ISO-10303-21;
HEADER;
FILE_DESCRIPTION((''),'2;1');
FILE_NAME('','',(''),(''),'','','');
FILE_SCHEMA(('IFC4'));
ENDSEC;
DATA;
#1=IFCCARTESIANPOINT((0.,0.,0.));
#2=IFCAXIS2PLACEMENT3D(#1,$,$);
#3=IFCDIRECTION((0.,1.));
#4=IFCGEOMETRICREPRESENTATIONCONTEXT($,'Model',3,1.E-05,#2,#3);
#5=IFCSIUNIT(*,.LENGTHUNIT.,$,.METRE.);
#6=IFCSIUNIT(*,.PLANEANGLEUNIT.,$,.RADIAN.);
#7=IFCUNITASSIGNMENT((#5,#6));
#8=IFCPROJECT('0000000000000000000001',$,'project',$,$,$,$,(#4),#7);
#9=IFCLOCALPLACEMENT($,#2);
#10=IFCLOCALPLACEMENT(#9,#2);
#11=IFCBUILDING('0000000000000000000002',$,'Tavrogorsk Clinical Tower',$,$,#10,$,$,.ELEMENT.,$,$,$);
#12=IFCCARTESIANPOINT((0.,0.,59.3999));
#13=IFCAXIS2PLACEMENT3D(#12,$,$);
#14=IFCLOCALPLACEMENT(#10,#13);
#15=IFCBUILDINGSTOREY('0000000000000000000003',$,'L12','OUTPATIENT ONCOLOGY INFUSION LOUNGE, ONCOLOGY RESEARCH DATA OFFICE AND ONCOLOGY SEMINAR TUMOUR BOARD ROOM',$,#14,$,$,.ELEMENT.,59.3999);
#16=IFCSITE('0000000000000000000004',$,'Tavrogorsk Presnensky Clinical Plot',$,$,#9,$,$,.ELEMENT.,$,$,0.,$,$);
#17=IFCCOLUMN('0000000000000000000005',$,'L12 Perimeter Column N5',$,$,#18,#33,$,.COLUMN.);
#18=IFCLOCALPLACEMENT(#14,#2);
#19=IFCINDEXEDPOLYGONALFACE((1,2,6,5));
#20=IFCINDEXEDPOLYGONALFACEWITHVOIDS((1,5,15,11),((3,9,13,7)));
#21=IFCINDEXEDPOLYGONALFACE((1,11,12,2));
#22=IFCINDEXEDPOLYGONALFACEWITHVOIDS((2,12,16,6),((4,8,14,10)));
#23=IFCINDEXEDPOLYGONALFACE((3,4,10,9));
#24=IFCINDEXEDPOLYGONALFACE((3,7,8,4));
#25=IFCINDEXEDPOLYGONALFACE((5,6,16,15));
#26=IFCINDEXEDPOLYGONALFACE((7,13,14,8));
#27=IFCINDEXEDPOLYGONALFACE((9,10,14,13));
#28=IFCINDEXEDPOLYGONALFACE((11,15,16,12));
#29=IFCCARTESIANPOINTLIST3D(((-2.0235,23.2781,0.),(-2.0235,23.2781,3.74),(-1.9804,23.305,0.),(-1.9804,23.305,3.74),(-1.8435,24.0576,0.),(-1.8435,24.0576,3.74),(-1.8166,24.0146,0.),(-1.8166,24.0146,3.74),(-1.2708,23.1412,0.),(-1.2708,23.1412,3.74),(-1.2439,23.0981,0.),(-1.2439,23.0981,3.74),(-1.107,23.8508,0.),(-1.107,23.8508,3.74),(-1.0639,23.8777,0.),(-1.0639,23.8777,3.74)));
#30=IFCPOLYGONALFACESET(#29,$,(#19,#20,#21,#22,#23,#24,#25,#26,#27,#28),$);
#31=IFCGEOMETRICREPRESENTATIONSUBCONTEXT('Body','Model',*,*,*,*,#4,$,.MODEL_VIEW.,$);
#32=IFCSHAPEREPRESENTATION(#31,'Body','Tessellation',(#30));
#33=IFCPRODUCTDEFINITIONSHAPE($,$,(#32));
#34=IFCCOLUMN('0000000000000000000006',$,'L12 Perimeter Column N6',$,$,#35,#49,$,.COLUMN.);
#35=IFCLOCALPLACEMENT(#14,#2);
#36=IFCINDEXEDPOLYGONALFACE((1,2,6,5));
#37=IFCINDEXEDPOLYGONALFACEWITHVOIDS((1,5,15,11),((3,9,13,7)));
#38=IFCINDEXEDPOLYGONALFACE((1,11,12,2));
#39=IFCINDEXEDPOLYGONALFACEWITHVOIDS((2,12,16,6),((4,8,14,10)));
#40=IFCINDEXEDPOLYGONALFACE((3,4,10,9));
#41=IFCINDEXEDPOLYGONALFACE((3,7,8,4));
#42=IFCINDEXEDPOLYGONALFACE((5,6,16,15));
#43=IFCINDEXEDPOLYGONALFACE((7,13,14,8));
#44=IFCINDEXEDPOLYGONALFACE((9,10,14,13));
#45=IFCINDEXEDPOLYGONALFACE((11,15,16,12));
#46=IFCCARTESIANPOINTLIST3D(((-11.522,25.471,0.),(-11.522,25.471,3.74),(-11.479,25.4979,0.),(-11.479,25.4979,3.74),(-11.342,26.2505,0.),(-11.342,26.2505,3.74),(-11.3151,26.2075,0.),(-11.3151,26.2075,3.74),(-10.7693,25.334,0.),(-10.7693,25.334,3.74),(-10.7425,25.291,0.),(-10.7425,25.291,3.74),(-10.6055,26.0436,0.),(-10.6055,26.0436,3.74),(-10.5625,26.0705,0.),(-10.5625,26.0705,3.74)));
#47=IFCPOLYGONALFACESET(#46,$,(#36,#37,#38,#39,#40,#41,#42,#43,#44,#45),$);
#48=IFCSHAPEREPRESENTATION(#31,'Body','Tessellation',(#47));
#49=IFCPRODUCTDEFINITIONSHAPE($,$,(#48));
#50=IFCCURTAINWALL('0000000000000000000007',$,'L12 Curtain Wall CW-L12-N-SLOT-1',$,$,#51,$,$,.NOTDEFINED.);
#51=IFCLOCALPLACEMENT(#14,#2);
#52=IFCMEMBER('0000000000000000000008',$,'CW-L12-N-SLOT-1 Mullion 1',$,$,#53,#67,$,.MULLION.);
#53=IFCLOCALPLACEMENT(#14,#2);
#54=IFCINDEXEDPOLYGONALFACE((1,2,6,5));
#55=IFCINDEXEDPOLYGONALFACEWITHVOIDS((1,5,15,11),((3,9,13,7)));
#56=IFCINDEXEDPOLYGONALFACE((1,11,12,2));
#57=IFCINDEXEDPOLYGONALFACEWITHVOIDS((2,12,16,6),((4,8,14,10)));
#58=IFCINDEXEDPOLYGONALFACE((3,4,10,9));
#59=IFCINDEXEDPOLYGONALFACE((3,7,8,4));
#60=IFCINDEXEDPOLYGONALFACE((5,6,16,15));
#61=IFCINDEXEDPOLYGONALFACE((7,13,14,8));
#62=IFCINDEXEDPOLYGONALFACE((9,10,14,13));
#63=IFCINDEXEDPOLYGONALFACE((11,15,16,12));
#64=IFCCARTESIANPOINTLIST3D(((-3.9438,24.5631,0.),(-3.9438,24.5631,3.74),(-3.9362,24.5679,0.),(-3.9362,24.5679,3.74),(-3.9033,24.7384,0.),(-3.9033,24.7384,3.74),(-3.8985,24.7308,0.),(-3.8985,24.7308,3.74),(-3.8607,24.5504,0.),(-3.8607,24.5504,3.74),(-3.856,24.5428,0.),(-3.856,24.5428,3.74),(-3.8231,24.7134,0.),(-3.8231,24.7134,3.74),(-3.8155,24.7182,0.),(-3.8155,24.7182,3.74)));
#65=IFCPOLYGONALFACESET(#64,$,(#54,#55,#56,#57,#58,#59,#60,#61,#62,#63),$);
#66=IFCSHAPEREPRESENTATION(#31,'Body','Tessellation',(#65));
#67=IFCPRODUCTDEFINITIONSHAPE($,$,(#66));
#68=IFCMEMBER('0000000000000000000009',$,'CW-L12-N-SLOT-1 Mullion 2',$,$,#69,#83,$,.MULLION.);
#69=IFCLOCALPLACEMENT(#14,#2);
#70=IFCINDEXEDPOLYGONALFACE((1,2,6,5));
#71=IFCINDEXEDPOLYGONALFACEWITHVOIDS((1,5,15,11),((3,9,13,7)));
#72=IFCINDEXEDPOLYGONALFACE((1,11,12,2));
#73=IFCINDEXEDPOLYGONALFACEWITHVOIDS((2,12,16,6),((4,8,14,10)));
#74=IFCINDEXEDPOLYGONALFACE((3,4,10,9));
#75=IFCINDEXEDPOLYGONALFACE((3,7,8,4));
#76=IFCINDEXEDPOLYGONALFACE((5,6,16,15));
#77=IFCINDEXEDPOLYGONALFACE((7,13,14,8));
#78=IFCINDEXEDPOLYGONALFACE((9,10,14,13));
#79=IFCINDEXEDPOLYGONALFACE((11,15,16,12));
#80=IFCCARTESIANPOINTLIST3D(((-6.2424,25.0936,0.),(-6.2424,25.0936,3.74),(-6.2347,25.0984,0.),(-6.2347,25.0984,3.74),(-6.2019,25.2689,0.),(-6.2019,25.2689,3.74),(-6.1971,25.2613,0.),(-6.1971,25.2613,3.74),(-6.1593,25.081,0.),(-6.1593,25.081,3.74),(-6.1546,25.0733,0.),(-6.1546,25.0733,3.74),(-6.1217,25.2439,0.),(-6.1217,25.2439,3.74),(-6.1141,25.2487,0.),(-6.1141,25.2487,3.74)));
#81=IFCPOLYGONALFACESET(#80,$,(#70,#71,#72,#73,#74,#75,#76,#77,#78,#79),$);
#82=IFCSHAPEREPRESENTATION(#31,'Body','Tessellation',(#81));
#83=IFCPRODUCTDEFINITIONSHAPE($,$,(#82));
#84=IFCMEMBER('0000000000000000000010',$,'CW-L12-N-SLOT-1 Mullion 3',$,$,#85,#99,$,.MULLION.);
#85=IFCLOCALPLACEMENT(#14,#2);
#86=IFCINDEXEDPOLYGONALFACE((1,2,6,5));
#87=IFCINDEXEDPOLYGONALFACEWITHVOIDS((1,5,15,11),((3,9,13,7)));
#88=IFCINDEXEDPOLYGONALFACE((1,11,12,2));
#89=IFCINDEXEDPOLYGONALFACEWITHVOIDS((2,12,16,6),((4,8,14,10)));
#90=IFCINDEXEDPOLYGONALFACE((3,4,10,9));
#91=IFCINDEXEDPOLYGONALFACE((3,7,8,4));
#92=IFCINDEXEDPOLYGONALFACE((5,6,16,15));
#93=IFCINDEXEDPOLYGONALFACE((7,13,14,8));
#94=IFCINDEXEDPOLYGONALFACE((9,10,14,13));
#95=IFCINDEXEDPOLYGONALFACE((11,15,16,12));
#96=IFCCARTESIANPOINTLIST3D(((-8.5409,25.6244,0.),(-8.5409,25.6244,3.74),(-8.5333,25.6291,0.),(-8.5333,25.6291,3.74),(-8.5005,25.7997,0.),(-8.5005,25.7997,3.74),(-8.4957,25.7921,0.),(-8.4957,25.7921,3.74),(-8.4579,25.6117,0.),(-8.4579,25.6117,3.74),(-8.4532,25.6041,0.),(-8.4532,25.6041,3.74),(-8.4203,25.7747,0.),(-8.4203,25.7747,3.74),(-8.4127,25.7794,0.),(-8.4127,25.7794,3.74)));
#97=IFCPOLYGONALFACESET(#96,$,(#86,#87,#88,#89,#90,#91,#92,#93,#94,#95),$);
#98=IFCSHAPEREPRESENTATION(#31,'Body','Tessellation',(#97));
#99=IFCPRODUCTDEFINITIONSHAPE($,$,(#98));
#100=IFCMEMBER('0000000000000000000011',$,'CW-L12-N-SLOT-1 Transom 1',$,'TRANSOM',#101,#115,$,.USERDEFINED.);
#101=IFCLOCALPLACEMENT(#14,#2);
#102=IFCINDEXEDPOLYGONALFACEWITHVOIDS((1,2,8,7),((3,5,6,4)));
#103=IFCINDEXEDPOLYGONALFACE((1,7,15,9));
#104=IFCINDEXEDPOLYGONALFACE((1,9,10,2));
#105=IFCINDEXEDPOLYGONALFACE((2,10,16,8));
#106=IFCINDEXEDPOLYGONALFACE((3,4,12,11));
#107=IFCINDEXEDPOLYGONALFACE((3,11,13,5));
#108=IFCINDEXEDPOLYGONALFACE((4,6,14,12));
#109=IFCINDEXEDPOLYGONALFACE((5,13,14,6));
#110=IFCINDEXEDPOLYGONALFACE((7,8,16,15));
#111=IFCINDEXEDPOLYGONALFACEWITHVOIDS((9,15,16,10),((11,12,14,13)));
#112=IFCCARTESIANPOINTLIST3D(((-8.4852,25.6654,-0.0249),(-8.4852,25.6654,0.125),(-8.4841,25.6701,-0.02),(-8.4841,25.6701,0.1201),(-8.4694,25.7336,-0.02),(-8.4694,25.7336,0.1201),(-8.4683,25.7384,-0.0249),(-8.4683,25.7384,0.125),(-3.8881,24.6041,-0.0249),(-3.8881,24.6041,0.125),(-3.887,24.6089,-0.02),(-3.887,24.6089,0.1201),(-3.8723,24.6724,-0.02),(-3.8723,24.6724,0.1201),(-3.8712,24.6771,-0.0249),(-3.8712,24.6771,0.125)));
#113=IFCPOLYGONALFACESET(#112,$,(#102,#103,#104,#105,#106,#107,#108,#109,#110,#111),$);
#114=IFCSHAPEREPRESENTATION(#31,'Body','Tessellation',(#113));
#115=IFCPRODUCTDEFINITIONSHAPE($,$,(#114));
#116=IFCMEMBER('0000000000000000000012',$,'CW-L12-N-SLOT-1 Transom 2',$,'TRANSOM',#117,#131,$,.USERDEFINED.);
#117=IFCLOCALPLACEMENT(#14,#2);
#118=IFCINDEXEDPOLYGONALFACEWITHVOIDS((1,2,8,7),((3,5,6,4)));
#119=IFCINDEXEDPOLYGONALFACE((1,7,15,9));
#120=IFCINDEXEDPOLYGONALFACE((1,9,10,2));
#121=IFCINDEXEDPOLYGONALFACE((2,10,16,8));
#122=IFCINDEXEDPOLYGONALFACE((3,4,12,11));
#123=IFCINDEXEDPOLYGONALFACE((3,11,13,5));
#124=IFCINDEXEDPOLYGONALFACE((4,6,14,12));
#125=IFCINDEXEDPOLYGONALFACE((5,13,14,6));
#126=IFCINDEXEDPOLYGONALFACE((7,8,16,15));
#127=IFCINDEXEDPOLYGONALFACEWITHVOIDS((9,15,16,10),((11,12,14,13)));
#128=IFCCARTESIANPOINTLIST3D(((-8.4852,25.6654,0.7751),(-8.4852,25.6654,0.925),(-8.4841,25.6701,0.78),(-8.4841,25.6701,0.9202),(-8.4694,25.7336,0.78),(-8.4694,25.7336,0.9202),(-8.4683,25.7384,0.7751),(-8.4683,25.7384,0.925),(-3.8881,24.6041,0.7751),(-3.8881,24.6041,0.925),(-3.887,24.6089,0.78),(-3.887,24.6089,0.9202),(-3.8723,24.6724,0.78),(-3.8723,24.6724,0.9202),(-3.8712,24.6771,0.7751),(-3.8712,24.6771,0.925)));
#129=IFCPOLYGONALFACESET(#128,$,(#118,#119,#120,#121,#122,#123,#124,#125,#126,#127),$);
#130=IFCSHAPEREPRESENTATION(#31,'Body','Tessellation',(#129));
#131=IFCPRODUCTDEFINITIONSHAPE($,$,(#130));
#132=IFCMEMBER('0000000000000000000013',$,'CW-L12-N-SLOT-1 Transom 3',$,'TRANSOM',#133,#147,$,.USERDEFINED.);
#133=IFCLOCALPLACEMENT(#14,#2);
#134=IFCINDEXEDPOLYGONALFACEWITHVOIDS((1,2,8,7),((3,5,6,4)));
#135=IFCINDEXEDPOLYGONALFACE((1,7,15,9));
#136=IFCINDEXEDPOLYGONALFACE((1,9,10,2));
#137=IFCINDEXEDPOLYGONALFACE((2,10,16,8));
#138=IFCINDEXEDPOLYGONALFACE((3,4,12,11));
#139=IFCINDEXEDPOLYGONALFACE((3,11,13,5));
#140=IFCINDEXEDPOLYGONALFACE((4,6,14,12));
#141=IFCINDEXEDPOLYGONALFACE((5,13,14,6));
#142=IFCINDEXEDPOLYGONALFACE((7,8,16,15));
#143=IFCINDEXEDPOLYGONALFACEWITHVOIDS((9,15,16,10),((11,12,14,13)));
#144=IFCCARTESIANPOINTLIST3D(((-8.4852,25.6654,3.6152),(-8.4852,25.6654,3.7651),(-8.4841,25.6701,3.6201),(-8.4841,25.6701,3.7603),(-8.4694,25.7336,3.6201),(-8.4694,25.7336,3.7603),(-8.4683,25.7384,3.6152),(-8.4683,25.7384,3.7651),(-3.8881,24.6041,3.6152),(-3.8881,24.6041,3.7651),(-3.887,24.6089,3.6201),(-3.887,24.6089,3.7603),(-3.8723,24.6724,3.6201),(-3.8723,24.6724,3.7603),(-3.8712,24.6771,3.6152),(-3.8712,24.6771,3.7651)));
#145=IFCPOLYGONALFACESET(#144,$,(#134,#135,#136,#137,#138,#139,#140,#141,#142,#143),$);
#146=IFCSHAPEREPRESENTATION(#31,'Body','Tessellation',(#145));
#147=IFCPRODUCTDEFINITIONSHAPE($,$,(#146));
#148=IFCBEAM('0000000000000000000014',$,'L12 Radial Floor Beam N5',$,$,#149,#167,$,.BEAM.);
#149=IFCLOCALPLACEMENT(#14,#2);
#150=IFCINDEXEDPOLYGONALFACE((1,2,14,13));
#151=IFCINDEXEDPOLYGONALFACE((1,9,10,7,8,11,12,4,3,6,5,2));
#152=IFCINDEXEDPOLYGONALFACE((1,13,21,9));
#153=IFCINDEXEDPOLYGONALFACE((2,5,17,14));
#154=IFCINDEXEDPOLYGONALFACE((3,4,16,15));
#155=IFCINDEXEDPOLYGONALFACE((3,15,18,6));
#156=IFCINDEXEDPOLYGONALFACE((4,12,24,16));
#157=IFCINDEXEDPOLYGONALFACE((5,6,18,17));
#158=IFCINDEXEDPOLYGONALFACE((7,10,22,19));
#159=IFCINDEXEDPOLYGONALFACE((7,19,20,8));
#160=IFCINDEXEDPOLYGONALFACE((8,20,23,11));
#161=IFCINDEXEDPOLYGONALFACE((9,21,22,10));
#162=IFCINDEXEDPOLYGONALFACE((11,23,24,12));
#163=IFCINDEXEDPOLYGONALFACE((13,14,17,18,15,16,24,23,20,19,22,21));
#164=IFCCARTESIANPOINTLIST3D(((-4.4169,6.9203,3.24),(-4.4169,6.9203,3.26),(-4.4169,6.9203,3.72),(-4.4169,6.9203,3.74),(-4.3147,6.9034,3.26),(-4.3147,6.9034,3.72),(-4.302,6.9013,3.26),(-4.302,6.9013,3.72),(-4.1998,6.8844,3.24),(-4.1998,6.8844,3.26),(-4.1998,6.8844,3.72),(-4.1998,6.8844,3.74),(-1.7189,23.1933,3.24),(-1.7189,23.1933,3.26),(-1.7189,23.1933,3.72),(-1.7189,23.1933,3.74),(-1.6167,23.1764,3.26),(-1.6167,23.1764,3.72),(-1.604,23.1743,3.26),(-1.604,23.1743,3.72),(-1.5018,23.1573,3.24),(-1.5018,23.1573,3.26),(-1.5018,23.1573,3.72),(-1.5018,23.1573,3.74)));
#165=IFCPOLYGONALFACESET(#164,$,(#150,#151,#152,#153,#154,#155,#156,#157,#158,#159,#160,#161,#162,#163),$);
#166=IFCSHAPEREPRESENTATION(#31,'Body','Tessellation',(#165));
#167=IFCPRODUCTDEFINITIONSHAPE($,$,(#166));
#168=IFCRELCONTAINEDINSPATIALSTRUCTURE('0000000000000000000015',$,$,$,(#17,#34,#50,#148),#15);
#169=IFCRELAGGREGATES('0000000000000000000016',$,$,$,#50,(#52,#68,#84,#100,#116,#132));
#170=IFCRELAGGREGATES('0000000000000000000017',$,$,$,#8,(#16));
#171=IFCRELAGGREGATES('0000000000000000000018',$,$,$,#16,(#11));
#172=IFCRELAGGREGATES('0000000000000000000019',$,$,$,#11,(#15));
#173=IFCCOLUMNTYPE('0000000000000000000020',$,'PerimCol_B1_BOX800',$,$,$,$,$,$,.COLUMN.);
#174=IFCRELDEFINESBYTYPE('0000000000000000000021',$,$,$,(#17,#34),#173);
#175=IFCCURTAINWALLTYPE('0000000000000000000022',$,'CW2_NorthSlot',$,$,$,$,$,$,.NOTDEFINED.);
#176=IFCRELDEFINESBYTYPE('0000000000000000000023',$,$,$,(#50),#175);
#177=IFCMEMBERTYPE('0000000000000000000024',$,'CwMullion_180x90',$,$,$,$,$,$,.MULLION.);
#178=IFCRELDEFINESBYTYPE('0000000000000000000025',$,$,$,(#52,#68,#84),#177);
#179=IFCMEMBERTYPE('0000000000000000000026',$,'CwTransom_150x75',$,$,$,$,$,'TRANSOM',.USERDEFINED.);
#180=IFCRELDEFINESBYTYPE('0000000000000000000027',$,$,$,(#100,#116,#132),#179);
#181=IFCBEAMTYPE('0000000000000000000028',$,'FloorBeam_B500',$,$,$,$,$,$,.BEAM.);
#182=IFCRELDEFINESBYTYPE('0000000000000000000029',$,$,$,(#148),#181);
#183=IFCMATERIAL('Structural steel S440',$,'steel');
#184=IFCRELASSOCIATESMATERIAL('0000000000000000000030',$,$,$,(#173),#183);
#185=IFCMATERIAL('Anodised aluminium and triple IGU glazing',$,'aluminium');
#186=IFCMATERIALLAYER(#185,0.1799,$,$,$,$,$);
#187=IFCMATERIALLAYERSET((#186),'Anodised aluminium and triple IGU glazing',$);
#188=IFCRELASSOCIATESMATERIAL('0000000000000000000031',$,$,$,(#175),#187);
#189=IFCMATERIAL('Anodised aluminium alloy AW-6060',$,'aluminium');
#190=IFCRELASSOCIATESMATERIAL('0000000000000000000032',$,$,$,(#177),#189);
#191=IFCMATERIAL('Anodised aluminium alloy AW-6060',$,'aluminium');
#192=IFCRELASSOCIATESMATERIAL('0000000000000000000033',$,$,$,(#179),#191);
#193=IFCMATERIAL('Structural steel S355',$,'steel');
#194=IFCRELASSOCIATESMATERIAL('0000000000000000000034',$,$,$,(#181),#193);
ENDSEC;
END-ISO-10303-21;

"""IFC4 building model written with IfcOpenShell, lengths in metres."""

from ifc_helpers import new_model, si_unit, direction, frame, origin, origin_2d, place, context, subcontext, project, spatial, hollow_rectangle, i_section, extrude, material, layer, layer_set, material_profile, profile_set, type_object, element, aggregate, save


model = new_model("IFC4")

# Units and contexts
model_context = context("Model", 3, precision=1e-05, world=origin(), true_north=direction((0.0, 1.0)))
body_context = subcontext(model_context, "Body", "Model", "MODEL_VIEW")
ifc_project = project(units=[si_unit("LENGTHUNIT", "METRE"), si_unit("PLANEANGLEUNIT", "RADIAN")], contexts=[model_context])

# Site, building, storey
site_placement = place(None, origin())
site = spatial("IfcSite", under=ifc_project, at=site_placement, Name="Tavrogorsk Presnensky Clinical Plot", CompositionType="ELEMENT", RefElevation=0.0)
building_placement = place(site_placement, origin())
building = spatial("IfcBuilding", under=site, at=building_placement, Name="Tavrogorsk Clinical Tower", CompositionType="ELEMENT")
storey_placement = place(building_placement, frame((0.0, 0.0, 59.3999)))
storey = spatial("IfcBuildingStorey", under=building, at=storey_placement, Name="L12", Description="OUTPATIENT ONCOLOGY INFUSION LOUNGE, ONCOLOGY RESEARCH DATA OFFICE AND ONCOLOGY SEMINAR TUMOUR BOARD ROOM", CompositionType="ELEMENT", Elevation=59.3999)

# Columns
ifc_material_1 = material(Name="Structural steel S440", Category="steel")
ifc_material_profile_1 = material_profile(ifc_material_1, hollow_rectangle(XDim=0.8, YDim=0.8, WallThickness=0.0359, at=origin_2d()), Name="BOX-800x800x36")
ifc_profile_set_1 = profile_set([ifc_material_profile_1], Name="Structural steel S440")
column_type = type_object("IfcColumnType", Name="PerimCol_B1_BOX800", PredefinedType="COLUMN", material=ifc_profile_set_1)
for number, where, z_axis, x_axis, name in (
    (1, (-1.5437, 23.5779, 0.0), (0.0, 0.0, 1.0), (0.97437, -0.224951, 0.0), "L12 Perimeter Column N5"),
    (2, (-11.0422, 25.7708, 0.0), (0.0, 0.0, 1.0), (0.97437, -0.224951, 0.0), "L12 Perimeter Column N6"),
):
    element("IfcColumn", number, at=place(storey_placement, frame(where, z_axis=z_axis, x_axis=x_axis)), inside=storey, type_object=column_type, Name=name, PredefinedType="COLUMN", context=body_context, shape_type="SweptSolid", body=[
        extrude(hollow_rectangle(XDim=0.8, YDim=0.8, WallThickness=0.0359, at=origin_2d()), origin(), (0.0, 0.0, 1.0), 3.74),
    ])

# Curtain wall, members
ifc_material_2 = material(Name="Anodised aluminium and triple IGU glazing", Category="aluminium")
ifc_layer_1 = layer(ifc_material_2, 0.1799)
ifc_layer_set_1 = layer_set([ifc_layer_1], Name="Anodised aluminium and triple IGU glazing")
curtain_wall_type = type_object("IfcCurtainWallType", Name="CW2_NorthSlot", PredefinedType="NOTDEFINED", material=ifc_layer_set_1)
curtain_wall_placement = place(storey_placement, origin())
curtain_wall = element("IfcCurtainWall", 3, at=curtain_wall_placement, inside=storey, type_object=curtain_wall_type, Name="L12 Curtain Wall CW-L12-N-SLOT-1", PredefinedType="NOTDEFINED")
ifc_material_3 = material(Name="Anodised aluminium alloy AW-6060", Category="aluminium")
ifc_material_profile_2 = material_profile(ifc_material_3, hollow_rectangle(XDim=0.0901, YDim=0.1799, WallThickness=0.0063, at=origin_2d()), Name="RHS-180x90x6.3")
ifc_profile_set_2 = profile_set([ifc_material_profile_2], Name="Anodised aluminium alloy AW-6060")
member_type_1 = type_object("IfcMemberType", Name="CwMullion_180x90", PredefinedType="MULLION", material=ifc_profile_set_2)
member_1_placement = place(storey_placement, frame((-3.8796, 24.6406, 0.0), z_axis=(0.0, 0.0, 1.0), x_axis=(-0.97437, 0.224951, 0.0)))
member_1 = element("IfcMember", 4, at=member_1_placement, type_object=member_type_1, Name="CW-L12-N-SLOT-1 Mullion 1", PredefinedType="MULLION", context=body_context, shape_type="SweptSolid", body=[
    extrude(hollow_rectangle(XDim=0.0901, YDim=0.1799, WallThickness=0.0063, at=origin_2d()), origin(), (0.0, 0.0, 1.0), 3.74),
])
member_2_placement = place(storey_placement, frame((-6.1782, 25.1711, 0.0), z_axis=(0.0, 0.0, 1.0), x_axis=(-0.97437, 0.224951, 0.0)))
member_2 = element("IfcMember", 5, at=member_2_placement, type_object=member_type_1, Name="CW-L12-N-SLOT-1 Mullion 2", PredefinedType="MULLION", context=body_context, shape_type="SweptSolid", body=[
    extrude(hollow_rectangle(XDim=0.0901, YDim=0.1799, WallThickness=0.0063, at=origin_2d()), origin(), (0.0, 0.0, 1.0), 3.74),
])
member_3_placement = place(storey_placement, frame((-8.4768, 25.7019, 0.0), z_axis=(0.0, 0.0, 1.0), x_axis=(-0.97437, 0.224951, 0.0)))
member_3 = element("IfcMember", 6, at=member_3_placement, type_object=member_type_1, Name="CW-L12-N-SLOT-1 Mullion 3", PredefinedType="MULLION", context=body_context, shape_type="SweptSolid", body=[
    extrude(hollow_rectangle(XDim=0.0901, YDim=0.1799, WallThickness=0.0063, at=origin_2d()), origin(), (0.0, 0.0, 1.0), 3.74),
])
ifc_material_4 = material(Name="Anodised aluminium alloy AW-6060", Category="aluminium")
ifc_material_profile_3 = material_profile(ifc_material_4, hollow_rectangle(XDim=0.075, YDim=0.1499, WallThickness=0.0049, at=origin_2d()), Name="RHS-150x75x5")
ifc_profile_set_3 = profile_set([ifc_material_profile_3], Name="Anodised aluminium alloy AW-6060")
member_type_2 = type_object("IfcMemberType", Name="CwTransom_150x75", ElementType="TRANSOM", PredefinedType="USERDEFINED", material=ifc_profile_set_3)
member_4_placement = place(storey_placement, frame((-3.8796, 24.6406, 0.05), z_axis=(-0.974373, 0.224939, 0.0), x_axis=(-0.224939, -0.974373, 0.0)))
member_4 = element("IfcMember", 7, at=member_4_placement, type_object=member_type_2, Name="CW-L12-N-SLOT-1 Transom 1", ObjectType="TRANSOM", PredefinedType="USERDEFINED", context=body_context, shape_type="SweptSolid", body=[
    extrude(hollow_rectangle(XDim=0.075, YDim=0.1499, WallThickness=0.0049, at=origin_2d()), origin(), (0.0, 0.0, 1.0), 4.718),
])
member_5_placement = place(storey_placement, frame((-3.8796, 24.6406, 0.8501), z_axis=(-0.974373, 0.224939, 0.0), x_axis=(-0.224939, -0.974373, 0.0)))
member_5 = element("IfcMember", 8, at=member_5_placement, type_object=member_type_2, Name="CW-L12-N-SLOT-1 Transom 2", ObjectType="TRANSOM", PredefinedType="USERDEFINED", context=body_context, shape_type="SweptSolid", body=[
    extrude(hollow_rectangle(XDim=0.075, YDim=0.1499, WallThickness=0.0049, at=origin_2d()), origin(), (0.0, 0.0, 1.0), 4.718),
])
member_6_placement = place(storey_placement, frame((-3.8796, 24.6406, 3.6902), z_axis=(-0.974373, 0.224939, 0.0), x_axis=(-0.224939, -0.974373, 0.0)))
member_6 = element("IfcMember", 9, at=member_6_placement, type_object=member_type_2, Name="CW-L12-N-SLOT-1 Transom 3", ObjectType="TRANSOM", PredefinedType="USERDEFINED", context=body_context, shape_type="SweptSolid", body=[
    extrude(hollow_rectangle(XDim=0.075, YDim=0.1499, WallThickness=0.0049, at=origin_2d()), origin(), (0.0, 0.0, 1.0), 4.718),
])

# Beam
ifc_material_5 = material(Name="Structural steel S355", Category="steel")
ifc_material_profile_4 = material_profile(ifc_material_5, i_section(OverallWidth=0.22, OverallDepth=0.5, WebThickness=0.0129, FlangeThickness=0.02, at=origin_2d()), Name="B-500x220x13x20")
ifc_profile_set_4 = profile_set([ifc_material_profile_4], Name="Structural steel S355")
beam_type_1 = type_object("IfcBeamType", Name="FloorBeam_B500", PredefinedType="BEAM", material=ifc_profile_set_4)
beam_placement = place(storey_placement, frame((-4.3083, 6.9023, 3.49), z_axis=(0.163564, 0.986533, 0.0), x_axis=(-0.986533, 0.163564, 0.0)))
element("IfcBeam", 10, at=beam_placement, inside=storey, type_object=beam_type_1, Name="L12 Radial Floor Beam N5", PredefinedType="BEAM", context=body_context, shape_type="SweptSolid", body=[
    extrude(i_section(OverallWidth=0.22, OverallDepth=0.5, WebThickness=0.0129, FlangeThickness=0.02, at=origin_2d()), origin(), (0.0, 0.0, 1.0), 16.4951),
])

aggregate(curtain_wall, [member_1, member_2, member_3, member_4, member_5, member_6])

save(model, "model.ifc")
